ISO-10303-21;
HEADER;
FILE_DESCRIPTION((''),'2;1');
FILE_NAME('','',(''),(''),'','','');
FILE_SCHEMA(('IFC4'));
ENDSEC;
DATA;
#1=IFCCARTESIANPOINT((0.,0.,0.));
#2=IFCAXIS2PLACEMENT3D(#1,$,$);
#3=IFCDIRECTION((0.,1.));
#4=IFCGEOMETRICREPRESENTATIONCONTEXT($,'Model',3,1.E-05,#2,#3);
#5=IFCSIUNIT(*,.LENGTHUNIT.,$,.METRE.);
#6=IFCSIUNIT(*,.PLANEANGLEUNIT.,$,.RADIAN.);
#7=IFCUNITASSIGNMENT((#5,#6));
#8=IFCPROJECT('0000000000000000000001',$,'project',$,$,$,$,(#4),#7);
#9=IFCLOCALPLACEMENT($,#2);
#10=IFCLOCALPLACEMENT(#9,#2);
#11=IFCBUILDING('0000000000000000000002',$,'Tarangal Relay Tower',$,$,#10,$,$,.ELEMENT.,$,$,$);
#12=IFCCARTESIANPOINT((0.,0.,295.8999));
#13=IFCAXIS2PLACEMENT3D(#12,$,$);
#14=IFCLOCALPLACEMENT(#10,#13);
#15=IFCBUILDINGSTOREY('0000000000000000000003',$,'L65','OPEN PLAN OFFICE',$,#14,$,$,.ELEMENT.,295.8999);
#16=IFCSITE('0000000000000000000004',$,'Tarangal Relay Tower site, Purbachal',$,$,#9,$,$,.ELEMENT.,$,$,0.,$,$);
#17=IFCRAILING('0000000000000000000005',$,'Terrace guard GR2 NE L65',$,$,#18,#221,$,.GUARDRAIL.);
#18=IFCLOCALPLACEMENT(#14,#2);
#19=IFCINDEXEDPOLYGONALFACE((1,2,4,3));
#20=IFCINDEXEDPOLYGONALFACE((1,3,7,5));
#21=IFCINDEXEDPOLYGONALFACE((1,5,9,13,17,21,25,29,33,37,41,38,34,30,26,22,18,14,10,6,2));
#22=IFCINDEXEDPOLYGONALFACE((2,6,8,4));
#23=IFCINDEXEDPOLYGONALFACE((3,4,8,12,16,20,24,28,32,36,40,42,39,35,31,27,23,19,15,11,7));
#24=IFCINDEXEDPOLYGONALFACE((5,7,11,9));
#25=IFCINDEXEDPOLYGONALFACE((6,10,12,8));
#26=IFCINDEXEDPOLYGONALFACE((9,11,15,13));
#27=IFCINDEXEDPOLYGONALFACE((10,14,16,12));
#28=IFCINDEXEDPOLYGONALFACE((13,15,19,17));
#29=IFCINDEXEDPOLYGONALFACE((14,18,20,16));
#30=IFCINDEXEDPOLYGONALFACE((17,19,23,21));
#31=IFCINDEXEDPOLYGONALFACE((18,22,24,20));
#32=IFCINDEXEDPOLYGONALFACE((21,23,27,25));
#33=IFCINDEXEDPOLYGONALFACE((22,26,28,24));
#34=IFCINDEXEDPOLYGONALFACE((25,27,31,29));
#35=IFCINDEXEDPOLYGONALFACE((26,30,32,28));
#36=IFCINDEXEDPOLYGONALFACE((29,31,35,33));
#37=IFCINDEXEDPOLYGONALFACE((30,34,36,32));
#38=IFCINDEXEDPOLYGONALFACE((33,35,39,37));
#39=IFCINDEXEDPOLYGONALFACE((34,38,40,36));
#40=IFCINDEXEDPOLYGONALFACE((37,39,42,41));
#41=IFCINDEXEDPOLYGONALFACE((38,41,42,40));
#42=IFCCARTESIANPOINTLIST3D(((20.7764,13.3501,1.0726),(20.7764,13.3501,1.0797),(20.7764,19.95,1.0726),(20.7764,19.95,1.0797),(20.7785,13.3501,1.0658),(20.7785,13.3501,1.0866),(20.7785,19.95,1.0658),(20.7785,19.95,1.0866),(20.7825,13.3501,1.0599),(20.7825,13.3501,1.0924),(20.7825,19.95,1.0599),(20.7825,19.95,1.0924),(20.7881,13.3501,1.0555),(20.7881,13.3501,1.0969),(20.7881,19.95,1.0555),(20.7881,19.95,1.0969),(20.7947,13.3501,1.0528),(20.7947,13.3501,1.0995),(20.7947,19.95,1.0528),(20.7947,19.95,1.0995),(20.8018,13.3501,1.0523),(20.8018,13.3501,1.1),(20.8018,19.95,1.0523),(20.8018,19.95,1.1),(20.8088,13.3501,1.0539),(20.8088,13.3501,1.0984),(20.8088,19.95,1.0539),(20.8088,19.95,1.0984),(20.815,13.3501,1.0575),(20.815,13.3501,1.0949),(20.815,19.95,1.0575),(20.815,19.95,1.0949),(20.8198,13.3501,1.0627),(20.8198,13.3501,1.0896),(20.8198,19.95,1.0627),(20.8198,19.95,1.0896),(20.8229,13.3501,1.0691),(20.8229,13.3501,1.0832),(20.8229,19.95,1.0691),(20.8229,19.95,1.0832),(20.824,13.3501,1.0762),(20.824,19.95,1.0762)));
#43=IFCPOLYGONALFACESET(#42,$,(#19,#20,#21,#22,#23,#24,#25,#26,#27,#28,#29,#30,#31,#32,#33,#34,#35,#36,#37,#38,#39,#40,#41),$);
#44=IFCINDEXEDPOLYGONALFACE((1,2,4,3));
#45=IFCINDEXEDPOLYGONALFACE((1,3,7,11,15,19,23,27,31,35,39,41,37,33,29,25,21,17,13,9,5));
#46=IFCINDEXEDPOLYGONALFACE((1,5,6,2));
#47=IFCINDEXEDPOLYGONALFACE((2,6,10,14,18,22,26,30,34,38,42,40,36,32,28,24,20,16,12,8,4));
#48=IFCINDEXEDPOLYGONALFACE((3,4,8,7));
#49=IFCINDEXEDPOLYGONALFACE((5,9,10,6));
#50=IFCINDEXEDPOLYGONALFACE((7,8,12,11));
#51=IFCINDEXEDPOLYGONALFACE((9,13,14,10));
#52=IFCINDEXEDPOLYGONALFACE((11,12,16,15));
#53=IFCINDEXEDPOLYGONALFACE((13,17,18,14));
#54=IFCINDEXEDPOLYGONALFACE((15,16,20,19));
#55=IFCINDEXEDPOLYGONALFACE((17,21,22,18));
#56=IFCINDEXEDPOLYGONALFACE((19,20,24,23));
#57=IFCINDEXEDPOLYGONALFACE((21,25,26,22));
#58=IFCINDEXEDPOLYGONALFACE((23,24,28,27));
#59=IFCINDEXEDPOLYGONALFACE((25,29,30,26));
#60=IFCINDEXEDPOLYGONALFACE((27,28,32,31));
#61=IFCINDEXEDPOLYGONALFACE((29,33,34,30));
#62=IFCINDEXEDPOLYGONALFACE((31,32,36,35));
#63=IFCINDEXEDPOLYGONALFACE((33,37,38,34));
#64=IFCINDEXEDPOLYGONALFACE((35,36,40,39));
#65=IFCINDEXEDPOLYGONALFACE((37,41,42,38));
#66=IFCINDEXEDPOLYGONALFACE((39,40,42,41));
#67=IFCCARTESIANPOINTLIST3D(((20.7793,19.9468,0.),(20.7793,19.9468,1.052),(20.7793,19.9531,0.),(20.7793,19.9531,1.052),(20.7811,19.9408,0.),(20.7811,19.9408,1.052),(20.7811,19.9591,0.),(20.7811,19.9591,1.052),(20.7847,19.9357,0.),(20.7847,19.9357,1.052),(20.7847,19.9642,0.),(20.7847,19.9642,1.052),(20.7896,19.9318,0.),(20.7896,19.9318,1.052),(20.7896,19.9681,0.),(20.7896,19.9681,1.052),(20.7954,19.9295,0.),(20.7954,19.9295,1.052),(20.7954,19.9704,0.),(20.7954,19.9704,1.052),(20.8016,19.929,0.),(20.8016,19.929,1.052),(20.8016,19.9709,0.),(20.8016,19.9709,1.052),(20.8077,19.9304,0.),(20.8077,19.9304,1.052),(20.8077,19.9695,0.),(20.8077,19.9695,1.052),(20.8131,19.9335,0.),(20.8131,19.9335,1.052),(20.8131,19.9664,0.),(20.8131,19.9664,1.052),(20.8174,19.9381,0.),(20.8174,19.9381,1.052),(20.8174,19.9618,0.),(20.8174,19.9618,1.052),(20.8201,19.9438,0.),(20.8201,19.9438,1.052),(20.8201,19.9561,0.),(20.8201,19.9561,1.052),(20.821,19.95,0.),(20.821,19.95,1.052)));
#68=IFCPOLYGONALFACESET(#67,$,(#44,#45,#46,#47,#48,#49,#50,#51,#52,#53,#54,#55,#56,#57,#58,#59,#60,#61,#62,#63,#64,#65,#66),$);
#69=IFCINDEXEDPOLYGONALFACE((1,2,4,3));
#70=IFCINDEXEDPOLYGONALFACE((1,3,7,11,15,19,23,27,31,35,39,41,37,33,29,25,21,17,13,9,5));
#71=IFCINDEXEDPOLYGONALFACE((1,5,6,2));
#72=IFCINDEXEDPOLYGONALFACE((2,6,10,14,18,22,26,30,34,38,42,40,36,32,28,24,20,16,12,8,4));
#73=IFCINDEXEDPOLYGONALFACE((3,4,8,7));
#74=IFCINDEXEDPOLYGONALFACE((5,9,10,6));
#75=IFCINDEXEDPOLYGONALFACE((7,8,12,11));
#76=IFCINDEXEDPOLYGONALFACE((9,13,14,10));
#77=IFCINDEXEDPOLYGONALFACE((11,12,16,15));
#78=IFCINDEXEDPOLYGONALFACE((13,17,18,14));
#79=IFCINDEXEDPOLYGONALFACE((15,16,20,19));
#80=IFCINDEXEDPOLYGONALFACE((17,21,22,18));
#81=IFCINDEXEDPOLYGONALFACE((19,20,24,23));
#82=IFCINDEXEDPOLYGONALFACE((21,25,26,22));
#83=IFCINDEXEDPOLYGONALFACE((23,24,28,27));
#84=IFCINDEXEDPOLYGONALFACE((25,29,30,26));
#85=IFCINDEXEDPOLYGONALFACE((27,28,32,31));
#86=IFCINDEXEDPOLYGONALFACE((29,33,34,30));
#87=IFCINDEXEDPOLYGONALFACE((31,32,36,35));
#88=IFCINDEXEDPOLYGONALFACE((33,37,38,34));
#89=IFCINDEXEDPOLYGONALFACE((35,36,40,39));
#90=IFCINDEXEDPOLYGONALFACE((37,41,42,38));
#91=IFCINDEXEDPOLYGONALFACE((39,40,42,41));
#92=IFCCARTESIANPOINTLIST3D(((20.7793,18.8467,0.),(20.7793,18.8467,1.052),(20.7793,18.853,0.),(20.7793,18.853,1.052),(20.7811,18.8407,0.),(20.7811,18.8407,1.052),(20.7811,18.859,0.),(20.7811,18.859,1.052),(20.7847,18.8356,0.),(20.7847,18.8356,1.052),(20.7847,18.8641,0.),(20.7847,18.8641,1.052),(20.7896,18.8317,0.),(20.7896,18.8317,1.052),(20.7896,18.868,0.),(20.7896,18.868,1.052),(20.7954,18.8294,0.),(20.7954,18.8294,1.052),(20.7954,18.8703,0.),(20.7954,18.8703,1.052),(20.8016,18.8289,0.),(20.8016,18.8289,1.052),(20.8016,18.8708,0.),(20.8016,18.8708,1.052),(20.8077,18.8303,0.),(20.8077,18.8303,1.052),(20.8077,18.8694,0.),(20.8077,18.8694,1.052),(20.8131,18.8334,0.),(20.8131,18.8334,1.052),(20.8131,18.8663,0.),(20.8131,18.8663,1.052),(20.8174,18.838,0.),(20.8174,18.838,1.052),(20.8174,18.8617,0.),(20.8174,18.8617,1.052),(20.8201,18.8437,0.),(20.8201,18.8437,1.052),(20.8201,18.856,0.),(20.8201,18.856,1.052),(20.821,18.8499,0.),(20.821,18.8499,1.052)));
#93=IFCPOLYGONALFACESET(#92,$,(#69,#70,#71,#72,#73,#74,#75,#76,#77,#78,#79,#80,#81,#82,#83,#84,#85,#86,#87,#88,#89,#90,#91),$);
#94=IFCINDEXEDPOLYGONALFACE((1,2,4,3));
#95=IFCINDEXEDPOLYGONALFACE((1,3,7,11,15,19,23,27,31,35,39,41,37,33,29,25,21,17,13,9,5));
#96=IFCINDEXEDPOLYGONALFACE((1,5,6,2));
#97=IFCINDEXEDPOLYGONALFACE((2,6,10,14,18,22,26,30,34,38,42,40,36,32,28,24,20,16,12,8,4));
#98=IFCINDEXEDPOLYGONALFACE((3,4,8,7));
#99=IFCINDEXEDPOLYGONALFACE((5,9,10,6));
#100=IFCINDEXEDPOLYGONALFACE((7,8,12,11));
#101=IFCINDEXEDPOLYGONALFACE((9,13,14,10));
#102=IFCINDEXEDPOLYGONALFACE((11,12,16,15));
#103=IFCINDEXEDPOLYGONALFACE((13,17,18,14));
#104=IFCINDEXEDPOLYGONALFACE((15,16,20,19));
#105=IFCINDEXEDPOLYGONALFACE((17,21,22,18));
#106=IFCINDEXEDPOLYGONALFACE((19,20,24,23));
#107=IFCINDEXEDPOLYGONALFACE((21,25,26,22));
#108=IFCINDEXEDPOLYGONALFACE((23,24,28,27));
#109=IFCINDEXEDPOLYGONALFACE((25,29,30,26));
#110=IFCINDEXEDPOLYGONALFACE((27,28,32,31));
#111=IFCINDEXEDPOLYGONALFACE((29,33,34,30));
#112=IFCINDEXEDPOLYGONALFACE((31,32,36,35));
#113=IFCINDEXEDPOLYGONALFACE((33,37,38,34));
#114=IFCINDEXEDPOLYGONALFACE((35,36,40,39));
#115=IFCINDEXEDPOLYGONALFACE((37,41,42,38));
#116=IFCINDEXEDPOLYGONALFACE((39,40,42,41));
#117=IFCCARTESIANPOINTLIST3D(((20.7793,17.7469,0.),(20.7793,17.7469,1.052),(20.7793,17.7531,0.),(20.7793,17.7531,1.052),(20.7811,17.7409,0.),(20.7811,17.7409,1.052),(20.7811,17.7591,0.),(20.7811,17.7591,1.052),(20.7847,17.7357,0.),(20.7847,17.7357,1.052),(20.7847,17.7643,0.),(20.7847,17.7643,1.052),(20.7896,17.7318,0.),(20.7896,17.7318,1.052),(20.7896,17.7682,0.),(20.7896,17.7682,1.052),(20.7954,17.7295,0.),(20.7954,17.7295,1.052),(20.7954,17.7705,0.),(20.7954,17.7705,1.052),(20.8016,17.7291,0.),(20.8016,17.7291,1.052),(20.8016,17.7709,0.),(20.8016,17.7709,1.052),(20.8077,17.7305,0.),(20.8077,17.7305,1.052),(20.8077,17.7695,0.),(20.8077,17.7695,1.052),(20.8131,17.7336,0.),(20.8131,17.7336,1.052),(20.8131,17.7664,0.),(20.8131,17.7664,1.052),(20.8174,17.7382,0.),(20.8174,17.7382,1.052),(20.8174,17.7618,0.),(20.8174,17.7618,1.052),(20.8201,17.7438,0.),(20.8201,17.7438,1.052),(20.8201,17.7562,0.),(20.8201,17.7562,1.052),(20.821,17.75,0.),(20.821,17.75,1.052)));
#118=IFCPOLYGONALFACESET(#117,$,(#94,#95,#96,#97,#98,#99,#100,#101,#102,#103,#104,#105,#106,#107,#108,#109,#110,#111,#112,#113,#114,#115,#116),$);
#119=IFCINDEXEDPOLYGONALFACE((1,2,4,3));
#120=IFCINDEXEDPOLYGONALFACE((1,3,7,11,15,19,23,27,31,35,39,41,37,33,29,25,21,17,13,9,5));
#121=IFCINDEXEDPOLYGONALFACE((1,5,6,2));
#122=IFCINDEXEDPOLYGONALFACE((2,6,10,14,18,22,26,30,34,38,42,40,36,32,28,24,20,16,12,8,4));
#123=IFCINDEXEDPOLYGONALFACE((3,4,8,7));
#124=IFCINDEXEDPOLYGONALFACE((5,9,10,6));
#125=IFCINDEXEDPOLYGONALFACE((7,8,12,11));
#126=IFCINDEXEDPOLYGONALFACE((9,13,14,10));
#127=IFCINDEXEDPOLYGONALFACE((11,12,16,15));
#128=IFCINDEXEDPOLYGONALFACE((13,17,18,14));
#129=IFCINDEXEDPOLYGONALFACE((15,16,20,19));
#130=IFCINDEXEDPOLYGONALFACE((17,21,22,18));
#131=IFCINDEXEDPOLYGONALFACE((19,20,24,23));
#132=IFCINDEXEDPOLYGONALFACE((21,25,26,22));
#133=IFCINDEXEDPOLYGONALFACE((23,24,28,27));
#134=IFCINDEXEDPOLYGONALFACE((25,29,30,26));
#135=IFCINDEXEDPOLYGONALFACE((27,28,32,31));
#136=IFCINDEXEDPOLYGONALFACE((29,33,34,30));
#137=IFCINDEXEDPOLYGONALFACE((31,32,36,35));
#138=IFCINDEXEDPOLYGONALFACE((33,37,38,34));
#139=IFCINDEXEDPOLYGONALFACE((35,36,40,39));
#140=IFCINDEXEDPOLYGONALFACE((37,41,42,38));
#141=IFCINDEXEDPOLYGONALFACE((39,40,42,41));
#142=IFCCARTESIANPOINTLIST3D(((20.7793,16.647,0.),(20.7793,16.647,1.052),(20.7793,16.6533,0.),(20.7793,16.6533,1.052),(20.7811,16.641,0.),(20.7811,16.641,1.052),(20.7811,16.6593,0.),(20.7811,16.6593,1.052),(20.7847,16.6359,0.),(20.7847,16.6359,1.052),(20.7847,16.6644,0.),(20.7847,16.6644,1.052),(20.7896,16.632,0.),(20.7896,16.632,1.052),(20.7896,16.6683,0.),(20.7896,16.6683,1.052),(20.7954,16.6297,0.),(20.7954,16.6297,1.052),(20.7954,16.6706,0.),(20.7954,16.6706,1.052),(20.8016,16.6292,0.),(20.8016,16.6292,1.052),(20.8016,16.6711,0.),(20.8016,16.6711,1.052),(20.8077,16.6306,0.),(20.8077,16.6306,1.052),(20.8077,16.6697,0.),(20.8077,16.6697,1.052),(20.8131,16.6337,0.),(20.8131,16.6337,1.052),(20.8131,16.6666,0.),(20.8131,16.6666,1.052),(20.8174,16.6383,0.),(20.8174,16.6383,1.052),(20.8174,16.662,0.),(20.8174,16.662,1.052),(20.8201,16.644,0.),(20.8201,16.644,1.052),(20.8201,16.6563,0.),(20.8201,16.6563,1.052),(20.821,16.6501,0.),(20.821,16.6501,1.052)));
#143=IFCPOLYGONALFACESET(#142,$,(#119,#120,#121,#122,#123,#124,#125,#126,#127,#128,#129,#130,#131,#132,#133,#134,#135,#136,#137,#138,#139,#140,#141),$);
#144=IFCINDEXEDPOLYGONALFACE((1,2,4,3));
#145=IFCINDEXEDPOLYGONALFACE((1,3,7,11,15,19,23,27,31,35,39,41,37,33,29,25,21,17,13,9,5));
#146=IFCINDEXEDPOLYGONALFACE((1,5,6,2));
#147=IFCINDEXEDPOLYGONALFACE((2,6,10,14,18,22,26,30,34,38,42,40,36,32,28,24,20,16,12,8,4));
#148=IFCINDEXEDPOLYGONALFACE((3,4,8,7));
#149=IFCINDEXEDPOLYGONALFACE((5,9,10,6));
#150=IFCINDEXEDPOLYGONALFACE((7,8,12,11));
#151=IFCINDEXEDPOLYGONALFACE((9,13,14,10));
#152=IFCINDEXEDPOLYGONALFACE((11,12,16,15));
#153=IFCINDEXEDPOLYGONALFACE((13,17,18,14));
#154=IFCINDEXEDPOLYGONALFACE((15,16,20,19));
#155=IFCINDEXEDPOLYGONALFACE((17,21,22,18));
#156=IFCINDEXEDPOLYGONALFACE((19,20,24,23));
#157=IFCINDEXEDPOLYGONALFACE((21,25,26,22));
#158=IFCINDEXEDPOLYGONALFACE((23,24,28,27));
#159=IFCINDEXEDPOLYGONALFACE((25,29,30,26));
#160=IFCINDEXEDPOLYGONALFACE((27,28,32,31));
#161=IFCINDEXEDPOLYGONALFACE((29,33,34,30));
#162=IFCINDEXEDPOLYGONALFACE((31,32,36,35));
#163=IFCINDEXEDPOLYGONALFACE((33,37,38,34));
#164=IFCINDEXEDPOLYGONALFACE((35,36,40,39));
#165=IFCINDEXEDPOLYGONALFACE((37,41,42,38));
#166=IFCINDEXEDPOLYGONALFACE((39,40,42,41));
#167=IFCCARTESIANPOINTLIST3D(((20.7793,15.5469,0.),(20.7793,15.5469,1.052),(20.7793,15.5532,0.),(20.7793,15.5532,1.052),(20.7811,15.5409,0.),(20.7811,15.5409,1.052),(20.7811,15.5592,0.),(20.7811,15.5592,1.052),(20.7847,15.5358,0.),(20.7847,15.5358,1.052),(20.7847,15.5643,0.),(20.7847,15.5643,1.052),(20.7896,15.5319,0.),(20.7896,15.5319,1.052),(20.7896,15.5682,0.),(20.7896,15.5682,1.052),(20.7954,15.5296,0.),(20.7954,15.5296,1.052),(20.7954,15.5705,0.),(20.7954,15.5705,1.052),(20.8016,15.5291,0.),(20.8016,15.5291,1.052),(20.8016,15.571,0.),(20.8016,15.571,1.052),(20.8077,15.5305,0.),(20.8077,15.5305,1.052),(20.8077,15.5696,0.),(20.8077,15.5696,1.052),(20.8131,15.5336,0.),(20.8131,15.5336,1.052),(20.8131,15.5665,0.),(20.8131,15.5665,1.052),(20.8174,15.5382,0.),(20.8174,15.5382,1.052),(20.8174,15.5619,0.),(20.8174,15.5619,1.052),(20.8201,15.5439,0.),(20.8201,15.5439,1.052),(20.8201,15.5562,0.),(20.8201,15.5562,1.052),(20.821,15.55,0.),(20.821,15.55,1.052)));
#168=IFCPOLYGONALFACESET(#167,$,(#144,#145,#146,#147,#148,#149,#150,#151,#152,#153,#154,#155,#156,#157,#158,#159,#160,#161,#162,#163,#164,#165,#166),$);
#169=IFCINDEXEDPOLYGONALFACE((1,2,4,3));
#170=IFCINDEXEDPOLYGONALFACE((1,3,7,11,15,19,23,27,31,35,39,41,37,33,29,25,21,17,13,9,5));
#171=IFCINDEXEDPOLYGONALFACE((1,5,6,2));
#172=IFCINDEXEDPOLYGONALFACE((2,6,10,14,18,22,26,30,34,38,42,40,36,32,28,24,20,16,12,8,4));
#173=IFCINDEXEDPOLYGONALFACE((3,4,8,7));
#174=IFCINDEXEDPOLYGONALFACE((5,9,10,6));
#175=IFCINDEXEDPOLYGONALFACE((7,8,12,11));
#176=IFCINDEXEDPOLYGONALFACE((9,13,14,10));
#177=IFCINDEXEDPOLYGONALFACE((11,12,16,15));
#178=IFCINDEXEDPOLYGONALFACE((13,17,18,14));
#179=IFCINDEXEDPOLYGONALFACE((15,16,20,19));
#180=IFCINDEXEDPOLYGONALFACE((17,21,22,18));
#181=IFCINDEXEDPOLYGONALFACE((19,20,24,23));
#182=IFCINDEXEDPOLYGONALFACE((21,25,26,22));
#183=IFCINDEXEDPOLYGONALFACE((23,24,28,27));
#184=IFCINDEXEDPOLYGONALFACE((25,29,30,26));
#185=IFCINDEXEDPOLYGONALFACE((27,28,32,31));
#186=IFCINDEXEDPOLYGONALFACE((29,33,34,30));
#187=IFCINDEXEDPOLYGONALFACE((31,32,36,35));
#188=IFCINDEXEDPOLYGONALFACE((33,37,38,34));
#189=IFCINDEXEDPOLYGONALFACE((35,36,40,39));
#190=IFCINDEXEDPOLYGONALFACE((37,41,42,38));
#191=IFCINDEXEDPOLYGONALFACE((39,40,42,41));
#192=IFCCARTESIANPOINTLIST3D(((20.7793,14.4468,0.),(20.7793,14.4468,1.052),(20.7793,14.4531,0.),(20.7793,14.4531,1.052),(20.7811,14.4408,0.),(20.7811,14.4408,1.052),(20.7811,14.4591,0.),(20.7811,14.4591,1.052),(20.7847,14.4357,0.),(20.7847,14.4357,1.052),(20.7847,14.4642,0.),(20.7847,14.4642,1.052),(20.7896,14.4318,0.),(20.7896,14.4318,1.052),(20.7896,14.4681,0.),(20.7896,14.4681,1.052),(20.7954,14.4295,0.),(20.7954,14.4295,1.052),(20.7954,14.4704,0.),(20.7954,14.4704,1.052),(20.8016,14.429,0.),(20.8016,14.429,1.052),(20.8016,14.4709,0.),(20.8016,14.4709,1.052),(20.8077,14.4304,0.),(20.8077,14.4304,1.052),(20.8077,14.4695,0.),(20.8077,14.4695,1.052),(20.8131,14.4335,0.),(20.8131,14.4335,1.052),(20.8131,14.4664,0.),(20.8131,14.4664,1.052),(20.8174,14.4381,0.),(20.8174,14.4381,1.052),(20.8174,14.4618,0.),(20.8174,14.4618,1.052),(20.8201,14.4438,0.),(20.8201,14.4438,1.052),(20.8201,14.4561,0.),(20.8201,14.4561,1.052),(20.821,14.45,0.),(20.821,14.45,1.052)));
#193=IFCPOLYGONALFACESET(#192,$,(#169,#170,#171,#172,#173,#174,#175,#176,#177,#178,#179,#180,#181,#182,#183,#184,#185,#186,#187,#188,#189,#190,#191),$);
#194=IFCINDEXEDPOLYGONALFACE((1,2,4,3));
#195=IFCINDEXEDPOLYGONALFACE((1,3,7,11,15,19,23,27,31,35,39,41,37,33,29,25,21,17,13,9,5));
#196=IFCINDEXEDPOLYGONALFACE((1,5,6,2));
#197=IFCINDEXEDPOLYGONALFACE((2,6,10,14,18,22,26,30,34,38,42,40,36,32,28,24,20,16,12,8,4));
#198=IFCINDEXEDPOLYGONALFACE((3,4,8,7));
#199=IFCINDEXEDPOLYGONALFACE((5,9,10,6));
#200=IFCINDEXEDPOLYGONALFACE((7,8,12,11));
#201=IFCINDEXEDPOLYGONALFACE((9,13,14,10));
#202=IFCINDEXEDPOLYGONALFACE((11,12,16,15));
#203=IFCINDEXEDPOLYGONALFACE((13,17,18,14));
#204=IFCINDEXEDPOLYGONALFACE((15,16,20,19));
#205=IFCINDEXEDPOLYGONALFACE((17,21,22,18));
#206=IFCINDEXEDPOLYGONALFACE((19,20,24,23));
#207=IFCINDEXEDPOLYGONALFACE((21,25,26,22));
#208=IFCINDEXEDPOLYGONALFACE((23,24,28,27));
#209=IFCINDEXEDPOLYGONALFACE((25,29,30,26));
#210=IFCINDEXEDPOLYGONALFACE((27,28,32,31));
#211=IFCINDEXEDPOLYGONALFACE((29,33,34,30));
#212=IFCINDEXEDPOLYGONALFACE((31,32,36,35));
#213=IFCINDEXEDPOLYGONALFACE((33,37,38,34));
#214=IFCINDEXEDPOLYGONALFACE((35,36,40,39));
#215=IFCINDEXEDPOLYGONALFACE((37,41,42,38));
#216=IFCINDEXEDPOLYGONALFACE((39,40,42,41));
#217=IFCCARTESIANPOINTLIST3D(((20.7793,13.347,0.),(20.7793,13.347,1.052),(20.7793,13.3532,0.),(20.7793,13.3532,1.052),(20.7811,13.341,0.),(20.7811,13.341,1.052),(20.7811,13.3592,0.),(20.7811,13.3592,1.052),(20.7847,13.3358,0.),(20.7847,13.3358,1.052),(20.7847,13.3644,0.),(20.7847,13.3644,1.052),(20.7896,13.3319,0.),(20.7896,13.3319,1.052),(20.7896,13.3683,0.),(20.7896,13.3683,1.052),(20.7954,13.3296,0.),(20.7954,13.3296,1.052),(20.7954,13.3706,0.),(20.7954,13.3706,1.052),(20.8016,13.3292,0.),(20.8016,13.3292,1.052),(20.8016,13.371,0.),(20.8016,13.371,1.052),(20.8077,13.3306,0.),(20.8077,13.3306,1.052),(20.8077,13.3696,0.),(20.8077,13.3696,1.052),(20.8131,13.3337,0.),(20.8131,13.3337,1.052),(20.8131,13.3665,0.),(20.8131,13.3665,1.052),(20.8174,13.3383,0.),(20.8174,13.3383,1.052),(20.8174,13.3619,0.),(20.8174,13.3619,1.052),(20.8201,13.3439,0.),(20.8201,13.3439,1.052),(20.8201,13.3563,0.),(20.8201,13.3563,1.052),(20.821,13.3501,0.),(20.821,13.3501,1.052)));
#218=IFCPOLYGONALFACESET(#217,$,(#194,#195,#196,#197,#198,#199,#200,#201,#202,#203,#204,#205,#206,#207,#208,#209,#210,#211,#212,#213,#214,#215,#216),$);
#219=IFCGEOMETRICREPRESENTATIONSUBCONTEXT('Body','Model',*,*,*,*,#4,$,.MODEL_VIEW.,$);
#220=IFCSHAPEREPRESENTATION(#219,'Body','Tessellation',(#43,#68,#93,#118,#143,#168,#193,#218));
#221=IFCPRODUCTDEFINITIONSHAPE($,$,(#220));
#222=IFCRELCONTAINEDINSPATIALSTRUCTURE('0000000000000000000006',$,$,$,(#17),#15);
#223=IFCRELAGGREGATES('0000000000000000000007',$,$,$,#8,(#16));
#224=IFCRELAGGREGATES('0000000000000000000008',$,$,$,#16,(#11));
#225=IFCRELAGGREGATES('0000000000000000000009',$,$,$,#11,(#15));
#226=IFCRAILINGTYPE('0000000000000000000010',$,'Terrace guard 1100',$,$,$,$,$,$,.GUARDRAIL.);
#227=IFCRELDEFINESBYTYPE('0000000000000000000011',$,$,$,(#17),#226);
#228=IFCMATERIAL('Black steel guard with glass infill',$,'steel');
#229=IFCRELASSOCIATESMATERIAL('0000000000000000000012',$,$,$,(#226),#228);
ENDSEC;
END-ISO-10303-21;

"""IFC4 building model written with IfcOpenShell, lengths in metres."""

from ifc_helpers import new_model, si_unit, direction, frame, origin, origin_2d, place, context, subcontext, project, spatial, circle, extrude, material, type_object, element, save


model = new_model("IFC4")

# Units and contexts
model_context = context("Model", 3, precision=1e-05, world=origin(), true_north=direction((0.0, 1.0)))
body_context = subcontext(model_context, "Body", "Model", "MODEL_VIEW")
ifc_project = project(units=[si_unit("LENGTHUNIT", "METRE"), si_unit("PLANEANGLEUNIT", "RADIAN")], contexts=[model_context])

# Site, building, storey
site_placement = place(None, origin())
site = spatial("IfcSite", under=ifc_project, at=site_placement, Name="Tarangal Relay Tower site, Purbachal", CompositionType="ELEMENT", RefElevation=0.0)
building_placement = place(site_placement, origin())
building = spatial("IfcBuilding", under=site, at=building_placement, Name="Tarangal Relay Tower", CompositionType="ELEMENT")
storey_placement = place(building_placement, frame((0.0, 0.0, 295.8999)))
storey = spatial("IfcBuildingStorey", under=building, at=storey_placement, Name="L65", Description="OPEN PLAN OFFICE", CompositionType="ELEMENT", Elevation=295.8999)

# Railing
ifc_material_1 = material(Name="Black steel guard with glass infill", Category="steel")
railing_type = type_object("IfcRailingType", Name="Terrace guard 1100", PredefinedType="GUARDRAIL", material=ifc_material_1)
railing_1_placement = place(storey_placement, frame((20.8, 19.95, 0.0)))
element("IfcRailing", 1, at=railing_1_placement, inside=storey, type_object=railing_type, Name="Terrace guard GR2 NE L65", PredefinedType="GUARDRAIL", context=body_context, shape_type="SweptSolid", body=[
    extrude(circle(Radius=0.0239, at=origin_2d()), frame((0.0, 0.0, 1.0762), z_axis=(0.0, -1.0, 0.0), x_axis=(1.0, 0.0, 0.0)), (0.0, 0.0, 1.0), 6.5999),
    extrude(circle(Radius=0.021, at=origin_2d()), origin(), (0.0, 0.0, 1.0), 1.052),
    extrude(circle(Radius=0.021, at=origin_2d()), frame((0.0, -1.1001, 0.0)), (0.0, 0.0, 1.0), 1.052),
    extrude(circle(Radius=0.021, at=origin_2d()), frame((0.0, -2.2, 0.0)), (0.0, 0.0, 1.0), 1.052),
    extrude(circle(Radius=0.021, at=origin_2d()), frame((0.0, -3.2998, 0.0)), (0.0, 0.0, 1.0), 1.052),
    extrude(circle(Radius=0.021, at=origin_2d()), frame((0.0, -4.3999, 0.0)), (0.0, 0.0, 1.0), 1.052),
    extrude(circle(Radius=0.021, at=origin_2d()), frame((0.0, -5.5, 0.0)), (0.0, 0.0, 1.0), 1.052),
    extrude(circle(Radius=0.021, at=origin_2d()), frame((0.0, -6.5999, 0.0)), (0.0, 0.0, 1.0), 1.052),
])

save(model, "model.ifc")
